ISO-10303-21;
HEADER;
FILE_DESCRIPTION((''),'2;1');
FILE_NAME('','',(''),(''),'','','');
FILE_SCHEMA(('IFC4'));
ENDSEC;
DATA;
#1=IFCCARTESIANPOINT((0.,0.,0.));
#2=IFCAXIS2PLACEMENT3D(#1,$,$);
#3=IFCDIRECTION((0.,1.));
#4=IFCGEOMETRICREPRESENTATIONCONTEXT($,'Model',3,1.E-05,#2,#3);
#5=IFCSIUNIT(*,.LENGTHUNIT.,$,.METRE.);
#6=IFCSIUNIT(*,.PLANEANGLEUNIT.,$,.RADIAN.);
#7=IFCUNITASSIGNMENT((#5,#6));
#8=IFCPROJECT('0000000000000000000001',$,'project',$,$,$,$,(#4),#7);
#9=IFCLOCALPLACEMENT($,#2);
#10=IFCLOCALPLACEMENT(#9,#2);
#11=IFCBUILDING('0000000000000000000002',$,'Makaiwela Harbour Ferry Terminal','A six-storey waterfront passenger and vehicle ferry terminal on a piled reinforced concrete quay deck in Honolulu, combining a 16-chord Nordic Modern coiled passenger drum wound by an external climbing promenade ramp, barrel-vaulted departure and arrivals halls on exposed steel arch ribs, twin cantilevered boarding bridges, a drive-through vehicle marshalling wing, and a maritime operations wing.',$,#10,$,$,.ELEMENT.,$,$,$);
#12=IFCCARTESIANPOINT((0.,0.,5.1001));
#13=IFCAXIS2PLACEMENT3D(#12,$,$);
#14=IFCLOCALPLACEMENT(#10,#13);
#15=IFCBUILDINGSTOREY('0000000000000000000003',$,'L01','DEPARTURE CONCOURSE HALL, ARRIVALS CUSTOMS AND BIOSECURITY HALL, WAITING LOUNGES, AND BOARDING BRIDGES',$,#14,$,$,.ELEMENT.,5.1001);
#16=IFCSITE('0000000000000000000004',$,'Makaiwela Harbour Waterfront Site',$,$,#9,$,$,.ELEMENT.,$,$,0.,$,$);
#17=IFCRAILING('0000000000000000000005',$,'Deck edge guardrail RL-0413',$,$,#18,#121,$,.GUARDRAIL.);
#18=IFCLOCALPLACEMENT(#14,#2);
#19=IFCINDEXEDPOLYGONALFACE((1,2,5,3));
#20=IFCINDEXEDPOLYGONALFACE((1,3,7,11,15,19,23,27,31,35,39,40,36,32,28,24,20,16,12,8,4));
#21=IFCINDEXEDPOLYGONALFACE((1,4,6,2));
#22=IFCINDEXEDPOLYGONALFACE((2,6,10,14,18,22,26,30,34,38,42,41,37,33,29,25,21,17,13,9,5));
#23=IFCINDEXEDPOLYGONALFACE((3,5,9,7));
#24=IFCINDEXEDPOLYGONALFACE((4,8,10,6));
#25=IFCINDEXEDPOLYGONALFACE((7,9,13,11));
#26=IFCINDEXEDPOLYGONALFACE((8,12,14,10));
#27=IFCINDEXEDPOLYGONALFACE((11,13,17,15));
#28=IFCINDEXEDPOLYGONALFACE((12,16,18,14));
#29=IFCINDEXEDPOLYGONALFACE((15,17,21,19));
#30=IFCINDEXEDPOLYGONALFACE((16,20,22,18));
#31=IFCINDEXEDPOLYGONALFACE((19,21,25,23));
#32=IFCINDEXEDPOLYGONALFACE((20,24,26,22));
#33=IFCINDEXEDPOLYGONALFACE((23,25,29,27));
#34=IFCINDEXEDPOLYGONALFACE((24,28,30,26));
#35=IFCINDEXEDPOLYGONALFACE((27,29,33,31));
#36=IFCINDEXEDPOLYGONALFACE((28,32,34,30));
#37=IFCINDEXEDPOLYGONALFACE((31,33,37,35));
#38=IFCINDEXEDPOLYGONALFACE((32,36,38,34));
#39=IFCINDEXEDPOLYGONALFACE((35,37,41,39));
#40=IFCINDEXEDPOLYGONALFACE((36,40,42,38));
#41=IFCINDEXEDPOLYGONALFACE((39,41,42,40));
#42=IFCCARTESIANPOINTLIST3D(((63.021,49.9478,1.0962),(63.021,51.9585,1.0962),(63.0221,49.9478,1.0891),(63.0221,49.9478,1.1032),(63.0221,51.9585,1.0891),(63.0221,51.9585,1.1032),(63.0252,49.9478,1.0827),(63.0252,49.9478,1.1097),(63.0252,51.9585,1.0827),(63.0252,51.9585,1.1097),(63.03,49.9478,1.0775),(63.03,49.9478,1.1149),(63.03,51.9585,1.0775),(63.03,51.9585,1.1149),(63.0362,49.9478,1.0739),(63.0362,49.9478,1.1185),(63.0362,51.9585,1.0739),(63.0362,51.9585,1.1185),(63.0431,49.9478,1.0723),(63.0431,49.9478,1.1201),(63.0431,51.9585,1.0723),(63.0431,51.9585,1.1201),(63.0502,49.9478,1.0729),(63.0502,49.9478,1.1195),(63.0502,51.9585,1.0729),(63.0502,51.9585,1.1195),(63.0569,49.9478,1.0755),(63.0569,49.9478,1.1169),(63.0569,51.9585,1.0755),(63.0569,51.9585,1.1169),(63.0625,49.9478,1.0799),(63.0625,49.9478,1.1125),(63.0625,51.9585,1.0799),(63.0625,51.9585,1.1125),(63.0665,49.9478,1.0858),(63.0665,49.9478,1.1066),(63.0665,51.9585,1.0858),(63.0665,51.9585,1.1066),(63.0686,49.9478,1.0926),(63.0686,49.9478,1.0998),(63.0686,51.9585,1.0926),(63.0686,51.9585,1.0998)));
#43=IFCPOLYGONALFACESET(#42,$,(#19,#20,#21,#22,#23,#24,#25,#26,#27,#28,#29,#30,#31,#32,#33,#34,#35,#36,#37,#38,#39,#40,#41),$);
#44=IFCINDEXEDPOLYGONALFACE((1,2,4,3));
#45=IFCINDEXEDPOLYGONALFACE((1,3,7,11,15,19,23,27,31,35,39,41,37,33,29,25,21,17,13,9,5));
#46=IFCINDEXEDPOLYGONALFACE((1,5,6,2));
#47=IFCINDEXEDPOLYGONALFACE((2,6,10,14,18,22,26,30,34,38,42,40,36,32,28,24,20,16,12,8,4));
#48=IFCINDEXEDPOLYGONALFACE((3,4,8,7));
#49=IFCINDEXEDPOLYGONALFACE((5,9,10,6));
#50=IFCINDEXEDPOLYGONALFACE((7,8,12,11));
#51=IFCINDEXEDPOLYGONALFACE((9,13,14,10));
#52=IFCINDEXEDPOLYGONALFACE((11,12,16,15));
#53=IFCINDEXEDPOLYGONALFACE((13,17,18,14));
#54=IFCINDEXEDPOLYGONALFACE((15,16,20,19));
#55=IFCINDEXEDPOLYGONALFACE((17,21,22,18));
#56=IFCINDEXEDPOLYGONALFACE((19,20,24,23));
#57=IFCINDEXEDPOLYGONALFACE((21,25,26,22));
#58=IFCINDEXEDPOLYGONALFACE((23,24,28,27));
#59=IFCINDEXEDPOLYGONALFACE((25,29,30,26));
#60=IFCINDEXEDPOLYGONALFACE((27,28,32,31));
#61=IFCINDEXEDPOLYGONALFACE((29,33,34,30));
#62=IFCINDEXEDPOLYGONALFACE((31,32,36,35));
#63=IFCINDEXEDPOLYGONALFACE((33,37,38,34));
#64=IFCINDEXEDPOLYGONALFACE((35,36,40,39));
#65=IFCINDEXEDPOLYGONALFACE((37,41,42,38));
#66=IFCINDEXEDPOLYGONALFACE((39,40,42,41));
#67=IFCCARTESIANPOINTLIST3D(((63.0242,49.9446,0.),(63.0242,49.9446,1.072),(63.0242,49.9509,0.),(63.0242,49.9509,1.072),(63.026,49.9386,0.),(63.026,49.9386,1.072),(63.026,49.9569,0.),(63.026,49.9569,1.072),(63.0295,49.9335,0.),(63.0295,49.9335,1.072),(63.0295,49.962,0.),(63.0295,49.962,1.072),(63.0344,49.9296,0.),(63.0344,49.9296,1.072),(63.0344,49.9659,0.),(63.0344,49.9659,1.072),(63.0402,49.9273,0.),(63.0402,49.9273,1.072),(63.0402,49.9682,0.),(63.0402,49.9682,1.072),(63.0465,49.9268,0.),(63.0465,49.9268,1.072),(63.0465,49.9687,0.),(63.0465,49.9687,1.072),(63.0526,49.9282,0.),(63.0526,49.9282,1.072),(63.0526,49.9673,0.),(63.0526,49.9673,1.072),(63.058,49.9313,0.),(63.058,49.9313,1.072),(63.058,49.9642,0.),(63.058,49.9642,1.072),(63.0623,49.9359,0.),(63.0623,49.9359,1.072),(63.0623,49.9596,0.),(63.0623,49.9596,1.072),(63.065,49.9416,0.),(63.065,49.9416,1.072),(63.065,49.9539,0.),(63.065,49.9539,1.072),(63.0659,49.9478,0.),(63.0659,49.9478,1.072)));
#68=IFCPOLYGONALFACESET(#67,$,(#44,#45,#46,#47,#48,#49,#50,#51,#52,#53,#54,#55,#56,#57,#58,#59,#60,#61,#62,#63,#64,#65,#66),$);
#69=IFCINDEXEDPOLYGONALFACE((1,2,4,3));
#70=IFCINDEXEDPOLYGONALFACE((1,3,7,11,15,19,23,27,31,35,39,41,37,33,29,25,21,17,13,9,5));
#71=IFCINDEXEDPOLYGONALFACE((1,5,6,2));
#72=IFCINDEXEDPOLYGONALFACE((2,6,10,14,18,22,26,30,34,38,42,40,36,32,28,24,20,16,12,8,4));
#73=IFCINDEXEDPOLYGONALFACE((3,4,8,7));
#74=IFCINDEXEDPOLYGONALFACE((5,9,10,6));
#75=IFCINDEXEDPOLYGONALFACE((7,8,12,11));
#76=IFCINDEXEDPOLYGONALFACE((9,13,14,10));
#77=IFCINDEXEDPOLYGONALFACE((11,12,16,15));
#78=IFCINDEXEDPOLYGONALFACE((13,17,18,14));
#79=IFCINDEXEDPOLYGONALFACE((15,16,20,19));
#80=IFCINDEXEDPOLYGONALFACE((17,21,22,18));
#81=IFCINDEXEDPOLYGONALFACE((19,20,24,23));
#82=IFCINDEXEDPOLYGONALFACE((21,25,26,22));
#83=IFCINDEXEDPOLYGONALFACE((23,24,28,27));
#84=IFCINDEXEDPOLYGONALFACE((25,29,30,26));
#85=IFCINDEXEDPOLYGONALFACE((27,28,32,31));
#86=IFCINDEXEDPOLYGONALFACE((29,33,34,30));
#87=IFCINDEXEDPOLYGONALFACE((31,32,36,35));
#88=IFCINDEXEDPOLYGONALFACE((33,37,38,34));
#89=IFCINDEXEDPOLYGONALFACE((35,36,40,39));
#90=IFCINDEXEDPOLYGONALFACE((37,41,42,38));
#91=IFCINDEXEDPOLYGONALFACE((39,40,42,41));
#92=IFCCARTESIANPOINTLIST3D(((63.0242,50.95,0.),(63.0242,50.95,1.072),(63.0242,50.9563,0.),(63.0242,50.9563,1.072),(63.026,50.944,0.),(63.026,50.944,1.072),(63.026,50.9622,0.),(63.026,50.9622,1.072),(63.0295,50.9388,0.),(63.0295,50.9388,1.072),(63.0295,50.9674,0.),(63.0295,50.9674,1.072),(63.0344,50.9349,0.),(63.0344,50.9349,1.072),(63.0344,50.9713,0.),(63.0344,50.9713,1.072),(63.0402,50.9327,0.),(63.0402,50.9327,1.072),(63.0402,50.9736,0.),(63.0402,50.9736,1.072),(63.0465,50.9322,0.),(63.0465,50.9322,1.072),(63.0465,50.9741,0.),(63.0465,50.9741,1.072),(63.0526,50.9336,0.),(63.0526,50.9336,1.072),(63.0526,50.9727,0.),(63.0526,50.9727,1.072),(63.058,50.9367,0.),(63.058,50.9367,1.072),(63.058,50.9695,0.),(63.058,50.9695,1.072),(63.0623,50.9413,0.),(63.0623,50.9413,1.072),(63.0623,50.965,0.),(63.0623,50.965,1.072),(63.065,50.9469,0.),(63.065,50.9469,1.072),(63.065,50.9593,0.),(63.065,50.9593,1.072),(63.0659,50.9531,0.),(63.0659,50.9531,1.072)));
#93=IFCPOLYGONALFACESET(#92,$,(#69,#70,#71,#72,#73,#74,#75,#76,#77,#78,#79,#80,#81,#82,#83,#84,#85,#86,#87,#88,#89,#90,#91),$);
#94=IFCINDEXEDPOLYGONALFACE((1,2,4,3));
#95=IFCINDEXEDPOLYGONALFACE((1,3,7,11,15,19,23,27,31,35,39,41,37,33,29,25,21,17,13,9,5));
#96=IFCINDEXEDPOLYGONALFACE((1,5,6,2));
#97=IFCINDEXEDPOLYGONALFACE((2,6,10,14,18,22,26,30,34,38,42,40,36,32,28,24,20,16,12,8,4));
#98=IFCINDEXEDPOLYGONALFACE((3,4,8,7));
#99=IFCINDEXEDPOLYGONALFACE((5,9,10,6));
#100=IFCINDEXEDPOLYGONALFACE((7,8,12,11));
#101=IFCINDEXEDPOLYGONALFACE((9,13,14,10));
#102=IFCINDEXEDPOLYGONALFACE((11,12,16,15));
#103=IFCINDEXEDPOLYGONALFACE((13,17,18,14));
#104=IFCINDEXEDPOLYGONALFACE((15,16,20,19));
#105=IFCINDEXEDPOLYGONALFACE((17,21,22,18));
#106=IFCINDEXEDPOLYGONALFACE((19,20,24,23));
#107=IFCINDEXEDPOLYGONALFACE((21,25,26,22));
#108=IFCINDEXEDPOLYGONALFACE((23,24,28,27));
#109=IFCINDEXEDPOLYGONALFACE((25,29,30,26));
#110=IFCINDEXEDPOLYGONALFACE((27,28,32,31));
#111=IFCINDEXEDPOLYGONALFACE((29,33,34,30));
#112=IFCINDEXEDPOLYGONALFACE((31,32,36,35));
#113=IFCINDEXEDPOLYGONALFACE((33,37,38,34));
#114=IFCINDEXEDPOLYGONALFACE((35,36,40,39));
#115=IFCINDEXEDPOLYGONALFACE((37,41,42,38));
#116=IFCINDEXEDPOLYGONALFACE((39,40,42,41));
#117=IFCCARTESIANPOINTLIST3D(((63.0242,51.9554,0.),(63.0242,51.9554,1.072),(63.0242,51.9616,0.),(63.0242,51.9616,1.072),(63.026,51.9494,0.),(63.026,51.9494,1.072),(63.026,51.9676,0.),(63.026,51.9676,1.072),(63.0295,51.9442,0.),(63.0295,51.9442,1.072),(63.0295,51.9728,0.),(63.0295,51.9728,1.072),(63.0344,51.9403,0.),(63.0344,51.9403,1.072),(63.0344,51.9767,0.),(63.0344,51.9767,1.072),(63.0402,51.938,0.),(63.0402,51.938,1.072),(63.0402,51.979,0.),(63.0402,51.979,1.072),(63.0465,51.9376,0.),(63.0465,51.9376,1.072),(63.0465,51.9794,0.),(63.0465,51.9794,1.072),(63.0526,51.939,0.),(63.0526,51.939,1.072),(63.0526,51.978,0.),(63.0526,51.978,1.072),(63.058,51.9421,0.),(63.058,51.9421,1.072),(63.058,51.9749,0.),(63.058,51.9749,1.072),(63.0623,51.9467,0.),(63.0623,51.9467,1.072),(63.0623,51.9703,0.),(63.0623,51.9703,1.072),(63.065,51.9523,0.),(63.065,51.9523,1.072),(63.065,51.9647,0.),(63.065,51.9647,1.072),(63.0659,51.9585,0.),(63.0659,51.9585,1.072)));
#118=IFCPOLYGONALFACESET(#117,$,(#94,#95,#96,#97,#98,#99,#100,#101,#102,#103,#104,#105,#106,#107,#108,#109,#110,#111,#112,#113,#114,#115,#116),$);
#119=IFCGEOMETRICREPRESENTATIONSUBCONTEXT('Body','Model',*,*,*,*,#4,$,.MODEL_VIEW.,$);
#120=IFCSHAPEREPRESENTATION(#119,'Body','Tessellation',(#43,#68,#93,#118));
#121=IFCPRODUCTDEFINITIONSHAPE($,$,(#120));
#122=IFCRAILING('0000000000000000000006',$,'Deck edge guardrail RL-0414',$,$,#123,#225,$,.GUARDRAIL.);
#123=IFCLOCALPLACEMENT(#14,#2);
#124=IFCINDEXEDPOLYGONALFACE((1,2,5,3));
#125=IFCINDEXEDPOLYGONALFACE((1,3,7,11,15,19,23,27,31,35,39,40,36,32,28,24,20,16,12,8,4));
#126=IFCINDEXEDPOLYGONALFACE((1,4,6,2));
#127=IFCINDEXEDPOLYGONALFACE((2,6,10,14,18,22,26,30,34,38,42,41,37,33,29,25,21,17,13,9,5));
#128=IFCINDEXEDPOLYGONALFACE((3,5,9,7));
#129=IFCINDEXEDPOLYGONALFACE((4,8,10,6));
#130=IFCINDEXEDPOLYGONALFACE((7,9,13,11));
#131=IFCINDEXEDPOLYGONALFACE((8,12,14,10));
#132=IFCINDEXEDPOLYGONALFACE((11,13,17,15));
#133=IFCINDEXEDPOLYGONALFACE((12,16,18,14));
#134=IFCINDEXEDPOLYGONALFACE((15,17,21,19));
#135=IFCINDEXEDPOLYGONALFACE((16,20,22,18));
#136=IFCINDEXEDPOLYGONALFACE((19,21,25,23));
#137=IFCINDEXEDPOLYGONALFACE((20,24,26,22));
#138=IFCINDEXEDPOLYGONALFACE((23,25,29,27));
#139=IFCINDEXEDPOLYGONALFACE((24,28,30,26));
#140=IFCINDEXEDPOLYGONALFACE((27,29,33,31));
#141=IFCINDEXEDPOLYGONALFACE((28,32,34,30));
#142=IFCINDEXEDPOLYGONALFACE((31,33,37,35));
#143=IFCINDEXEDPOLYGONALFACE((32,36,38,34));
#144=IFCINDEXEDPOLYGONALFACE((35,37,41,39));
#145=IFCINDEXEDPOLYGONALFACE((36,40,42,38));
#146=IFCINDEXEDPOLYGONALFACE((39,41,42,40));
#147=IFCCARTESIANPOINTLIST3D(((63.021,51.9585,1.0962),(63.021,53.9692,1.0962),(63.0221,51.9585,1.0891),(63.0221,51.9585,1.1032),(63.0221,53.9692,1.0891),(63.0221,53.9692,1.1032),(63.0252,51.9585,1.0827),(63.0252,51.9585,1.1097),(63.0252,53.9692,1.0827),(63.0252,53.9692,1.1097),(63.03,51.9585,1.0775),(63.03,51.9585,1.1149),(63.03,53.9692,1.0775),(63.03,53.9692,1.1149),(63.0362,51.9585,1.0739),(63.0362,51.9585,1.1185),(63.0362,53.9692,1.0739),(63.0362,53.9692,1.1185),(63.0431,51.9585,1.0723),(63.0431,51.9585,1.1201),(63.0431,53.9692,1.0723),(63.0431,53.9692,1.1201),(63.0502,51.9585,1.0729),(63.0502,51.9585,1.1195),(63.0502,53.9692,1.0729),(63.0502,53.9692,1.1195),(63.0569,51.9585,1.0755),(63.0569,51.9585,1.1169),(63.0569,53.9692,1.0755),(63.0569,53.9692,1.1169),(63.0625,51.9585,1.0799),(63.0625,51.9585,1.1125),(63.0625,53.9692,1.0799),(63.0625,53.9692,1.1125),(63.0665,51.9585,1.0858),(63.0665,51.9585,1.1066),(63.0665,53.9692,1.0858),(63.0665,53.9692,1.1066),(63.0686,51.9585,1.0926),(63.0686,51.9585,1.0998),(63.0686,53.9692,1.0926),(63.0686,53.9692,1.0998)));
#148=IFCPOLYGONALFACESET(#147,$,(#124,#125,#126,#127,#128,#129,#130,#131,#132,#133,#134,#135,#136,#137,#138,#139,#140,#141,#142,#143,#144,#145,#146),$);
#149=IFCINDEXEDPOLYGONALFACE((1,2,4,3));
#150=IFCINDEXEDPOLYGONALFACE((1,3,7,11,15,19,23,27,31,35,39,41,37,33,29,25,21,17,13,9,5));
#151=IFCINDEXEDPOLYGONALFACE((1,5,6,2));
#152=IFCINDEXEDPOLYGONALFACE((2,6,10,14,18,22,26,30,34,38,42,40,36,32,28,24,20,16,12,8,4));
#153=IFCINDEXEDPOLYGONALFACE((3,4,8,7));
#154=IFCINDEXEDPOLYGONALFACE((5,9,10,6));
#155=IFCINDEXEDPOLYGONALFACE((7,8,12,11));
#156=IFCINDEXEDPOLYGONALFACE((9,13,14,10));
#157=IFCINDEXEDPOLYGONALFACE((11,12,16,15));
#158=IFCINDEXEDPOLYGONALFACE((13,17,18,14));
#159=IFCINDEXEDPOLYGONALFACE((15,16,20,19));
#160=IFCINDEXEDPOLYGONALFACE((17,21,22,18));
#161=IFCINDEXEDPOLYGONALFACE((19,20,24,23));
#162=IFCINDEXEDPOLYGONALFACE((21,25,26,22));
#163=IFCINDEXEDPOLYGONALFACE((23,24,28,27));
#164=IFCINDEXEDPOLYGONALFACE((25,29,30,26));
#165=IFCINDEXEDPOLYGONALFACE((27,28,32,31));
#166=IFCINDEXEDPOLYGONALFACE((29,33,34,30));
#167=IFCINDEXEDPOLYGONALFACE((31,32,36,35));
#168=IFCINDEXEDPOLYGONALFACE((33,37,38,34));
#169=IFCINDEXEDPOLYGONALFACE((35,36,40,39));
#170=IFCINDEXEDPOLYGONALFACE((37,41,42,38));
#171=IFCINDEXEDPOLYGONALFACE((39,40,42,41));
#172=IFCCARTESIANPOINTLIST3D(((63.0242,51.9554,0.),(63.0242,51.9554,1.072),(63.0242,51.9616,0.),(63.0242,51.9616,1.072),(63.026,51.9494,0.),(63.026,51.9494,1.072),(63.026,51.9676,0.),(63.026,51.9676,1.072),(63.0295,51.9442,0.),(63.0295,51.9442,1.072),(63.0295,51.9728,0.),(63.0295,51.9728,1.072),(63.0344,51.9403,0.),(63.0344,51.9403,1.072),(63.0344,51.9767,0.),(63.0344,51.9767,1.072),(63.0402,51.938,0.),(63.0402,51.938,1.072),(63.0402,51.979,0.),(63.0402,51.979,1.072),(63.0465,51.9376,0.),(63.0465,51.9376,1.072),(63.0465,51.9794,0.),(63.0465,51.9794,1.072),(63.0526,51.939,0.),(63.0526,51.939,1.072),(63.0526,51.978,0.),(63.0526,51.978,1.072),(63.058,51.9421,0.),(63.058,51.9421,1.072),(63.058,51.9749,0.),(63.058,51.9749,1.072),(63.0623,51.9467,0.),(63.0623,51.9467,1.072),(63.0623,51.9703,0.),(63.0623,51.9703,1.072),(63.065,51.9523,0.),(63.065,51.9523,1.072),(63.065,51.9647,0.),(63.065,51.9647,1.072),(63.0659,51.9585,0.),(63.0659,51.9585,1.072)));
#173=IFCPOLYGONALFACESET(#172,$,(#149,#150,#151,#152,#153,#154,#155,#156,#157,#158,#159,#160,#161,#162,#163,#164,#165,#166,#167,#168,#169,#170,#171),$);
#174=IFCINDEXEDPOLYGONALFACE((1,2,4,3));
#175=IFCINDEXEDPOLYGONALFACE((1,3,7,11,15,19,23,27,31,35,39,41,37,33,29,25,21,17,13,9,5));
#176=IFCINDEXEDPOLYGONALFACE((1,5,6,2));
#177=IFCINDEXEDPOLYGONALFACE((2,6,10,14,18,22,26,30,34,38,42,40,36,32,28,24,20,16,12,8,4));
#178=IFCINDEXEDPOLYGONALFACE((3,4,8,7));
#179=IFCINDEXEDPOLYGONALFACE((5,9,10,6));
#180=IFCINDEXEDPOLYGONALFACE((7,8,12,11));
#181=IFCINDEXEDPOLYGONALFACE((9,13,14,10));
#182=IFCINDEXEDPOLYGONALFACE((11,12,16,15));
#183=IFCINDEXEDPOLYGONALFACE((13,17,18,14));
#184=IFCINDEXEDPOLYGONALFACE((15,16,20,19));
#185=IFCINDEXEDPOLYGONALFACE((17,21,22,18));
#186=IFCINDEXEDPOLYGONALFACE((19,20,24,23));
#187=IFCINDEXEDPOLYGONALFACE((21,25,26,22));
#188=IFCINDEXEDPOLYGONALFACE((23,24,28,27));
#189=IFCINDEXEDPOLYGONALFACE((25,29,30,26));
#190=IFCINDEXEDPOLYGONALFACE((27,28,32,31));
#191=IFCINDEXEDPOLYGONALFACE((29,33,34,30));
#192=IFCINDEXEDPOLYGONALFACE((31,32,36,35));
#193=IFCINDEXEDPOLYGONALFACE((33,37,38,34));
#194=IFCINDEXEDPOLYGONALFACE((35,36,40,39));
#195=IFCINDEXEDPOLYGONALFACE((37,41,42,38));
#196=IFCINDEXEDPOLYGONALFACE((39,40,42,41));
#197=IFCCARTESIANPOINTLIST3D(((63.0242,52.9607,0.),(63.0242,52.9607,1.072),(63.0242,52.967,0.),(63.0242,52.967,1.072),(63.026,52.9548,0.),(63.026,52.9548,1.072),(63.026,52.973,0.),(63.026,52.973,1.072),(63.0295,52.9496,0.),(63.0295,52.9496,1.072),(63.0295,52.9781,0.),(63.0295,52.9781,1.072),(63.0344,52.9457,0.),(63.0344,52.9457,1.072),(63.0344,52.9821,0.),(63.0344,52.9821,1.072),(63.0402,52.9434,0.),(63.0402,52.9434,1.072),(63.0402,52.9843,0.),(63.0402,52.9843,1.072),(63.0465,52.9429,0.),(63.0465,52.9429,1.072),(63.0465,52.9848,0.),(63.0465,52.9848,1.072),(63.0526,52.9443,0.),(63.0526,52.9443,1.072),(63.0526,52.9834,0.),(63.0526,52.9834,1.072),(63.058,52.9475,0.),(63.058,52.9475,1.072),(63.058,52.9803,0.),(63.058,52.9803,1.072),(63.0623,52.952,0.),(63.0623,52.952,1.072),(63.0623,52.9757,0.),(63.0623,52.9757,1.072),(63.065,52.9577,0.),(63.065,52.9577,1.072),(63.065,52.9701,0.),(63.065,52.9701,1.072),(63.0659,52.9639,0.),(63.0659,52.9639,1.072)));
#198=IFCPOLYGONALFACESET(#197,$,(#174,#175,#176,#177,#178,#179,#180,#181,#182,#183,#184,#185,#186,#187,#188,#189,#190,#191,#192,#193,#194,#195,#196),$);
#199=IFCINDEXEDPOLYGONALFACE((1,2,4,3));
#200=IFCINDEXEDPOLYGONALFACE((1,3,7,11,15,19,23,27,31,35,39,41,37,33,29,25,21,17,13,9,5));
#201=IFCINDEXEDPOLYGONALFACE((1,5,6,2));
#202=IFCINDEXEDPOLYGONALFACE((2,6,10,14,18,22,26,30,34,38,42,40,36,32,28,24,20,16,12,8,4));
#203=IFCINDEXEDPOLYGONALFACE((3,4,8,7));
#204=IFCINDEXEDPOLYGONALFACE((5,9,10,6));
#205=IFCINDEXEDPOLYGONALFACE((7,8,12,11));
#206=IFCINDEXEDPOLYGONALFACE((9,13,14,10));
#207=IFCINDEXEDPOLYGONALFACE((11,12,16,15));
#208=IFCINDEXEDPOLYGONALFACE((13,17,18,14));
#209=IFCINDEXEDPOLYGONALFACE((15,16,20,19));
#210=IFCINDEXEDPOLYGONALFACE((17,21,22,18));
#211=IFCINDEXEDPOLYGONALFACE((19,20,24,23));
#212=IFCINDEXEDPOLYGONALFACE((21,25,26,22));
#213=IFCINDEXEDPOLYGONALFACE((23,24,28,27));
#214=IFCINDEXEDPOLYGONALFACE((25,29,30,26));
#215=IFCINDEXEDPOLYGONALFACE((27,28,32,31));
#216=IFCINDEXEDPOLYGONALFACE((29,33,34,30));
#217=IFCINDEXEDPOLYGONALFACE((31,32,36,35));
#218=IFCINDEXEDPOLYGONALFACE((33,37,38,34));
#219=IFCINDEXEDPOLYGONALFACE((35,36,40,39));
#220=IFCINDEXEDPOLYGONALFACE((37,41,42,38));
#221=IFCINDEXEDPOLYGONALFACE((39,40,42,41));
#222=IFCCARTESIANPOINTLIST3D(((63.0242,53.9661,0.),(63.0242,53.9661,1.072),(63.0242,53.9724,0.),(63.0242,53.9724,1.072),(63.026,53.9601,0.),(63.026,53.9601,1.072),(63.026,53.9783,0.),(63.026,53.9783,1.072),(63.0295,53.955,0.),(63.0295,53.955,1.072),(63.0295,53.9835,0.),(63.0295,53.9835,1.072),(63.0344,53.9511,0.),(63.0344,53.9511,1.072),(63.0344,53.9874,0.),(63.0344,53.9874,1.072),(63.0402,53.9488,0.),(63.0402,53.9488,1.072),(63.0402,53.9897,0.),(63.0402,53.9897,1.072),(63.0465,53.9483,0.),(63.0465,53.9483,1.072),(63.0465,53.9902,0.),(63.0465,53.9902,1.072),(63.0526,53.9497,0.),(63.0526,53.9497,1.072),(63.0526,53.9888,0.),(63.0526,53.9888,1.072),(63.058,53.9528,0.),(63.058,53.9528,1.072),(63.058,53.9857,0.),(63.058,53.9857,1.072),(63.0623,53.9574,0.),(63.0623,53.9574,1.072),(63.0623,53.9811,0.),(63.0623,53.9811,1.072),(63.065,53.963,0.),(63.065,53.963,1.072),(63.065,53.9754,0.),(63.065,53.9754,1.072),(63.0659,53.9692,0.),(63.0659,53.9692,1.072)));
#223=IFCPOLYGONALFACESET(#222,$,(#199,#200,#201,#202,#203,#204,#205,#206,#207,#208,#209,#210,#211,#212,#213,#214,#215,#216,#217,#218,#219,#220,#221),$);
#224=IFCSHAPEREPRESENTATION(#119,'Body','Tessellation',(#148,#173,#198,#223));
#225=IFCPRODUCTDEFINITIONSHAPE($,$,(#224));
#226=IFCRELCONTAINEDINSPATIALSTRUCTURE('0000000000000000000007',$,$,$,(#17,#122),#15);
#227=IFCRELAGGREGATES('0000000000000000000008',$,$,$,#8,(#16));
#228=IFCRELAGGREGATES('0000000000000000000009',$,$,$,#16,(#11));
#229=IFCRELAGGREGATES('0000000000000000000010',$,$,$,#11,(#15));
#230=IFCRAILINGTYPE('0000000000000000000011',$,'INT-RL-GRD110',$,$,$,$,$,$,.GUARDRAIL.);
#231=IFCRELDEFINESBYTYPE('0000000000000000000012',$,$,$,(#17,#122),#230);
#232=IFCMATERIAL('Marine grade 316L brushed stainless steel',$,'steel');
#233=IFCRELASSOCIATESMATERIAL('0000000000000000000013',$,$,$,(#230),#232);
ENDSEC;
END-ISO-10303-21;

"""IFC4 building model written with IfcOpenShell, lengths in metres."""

from ifc_helpers import new_model, si_unit, direction, frame, origin, origin_2d, place, context, subcontext, project, spatial, circle, extrude, material, type_object, element, save


model = new_model("IFC4")

# Units and contexts
model_context = context("Model", 3, precision=1e-05, world=origin(), true_north=direction((0.0, 1.0)))
body_context = subcontext(model_context, "Body", "Model", "MODEL_VIEW")
ifc_project = project(units=[si_unit("LENGTHUNIT", "METRE"), si_unit("PLANEANGLEUNIT", "RADIAN")], contexts=[model_context])

# Site, building, storey
site_placement = place(None, origin())
site = spatial("IfcSite", under=ifc_project, at=site_placement, Name="Makaiwela Harbour Waterfront Site", CompositionType="ELEMENT", RefElevation=0.0)
building_placement = place(site_placement, origin())
building = spatial("IfcBuilding", under=site, at=building_placement, Name="Makaiwela Harbour Ferry Terminal", Description="A six-storey waterfront passenger and vehicle ferry terminal on a piled reinforced concrete quay deck in Honolulu, combining a 16-chord Nordic Modern coiled passenger drum wound by an external climbing promenade ramp, barrel-vaulted departure and arrivals halls on exposed steel arch ribs, twin cantilevered boarding bridges, a drive-through vehicle marshalling wing, and a maritime operations wing.", CompositionType="ELEMENT")
storey_placement = place(building_placement, frame((0.0, 0.0, 5.1001)))
storey = spatial("IfcBuildingStorey", under=building, at=storey_placement, Name="L01", Description="DEPARTURE CONCOURSE HALL, ARRIVALS CUSTOMS AND BIOSECURITY HALL, WAITING LOUNGES, AND BOARDING BRIDGES", CompositionType="ELEMENT", Elevation=5.1001)

# Shared definitions
ifc_material_1 = material(Name="Marine grade 316L brushed stainless steel", Category="steel")

# Railings
railing_type_1 = type_object("IfcRailingType", Name="INT-RL-GRD110", PredefinedType="GUARDRAIL", material=ifc_material_1)
for number, where, name in (
    (1, (63.0449, 49.9478, 0.0), "Deck edge guardrail RL-0413"),
    (2, (63.0449, 51.9585, 0.0), "Deck edge guardrail RL-0414"),
):
    element("IfcRailing", number, at=place(storey_placement, frame(where)), inside=storey, type_object=railing_type_1, Name=name, PredefinedType="GUARDRAIL", context=body_context, shape_type="SweptSolid", body=[
        extrude(circle(Radius=0.0239, at=origin_2d()), frame((0.0, 0.0, 1.0962), z_axis=(0.0, 1.0, 0.0), x_axis=(-1.0, 0.0, 0.0)), (0.0, 0.0, 1.0), 2.0107),
        extrude(circle(Radius=0.021, at=origin_2d()), origin(), (0.0, 0.0, 1.0), 1.072),
        extrude(circle(Radius=0.021, at=origin_2d()), frame((0.0, 1.0054, 0.0)), (0.0, 0.0, 1.0), 1.072),
        extrude(circle(Radius=0.021, at=origin_2d()), frame((0.0, 2.0107, 0.0)), (0.0, 0.0, 1.0), 1.072),
    ])

save(model, "model.ifc")
